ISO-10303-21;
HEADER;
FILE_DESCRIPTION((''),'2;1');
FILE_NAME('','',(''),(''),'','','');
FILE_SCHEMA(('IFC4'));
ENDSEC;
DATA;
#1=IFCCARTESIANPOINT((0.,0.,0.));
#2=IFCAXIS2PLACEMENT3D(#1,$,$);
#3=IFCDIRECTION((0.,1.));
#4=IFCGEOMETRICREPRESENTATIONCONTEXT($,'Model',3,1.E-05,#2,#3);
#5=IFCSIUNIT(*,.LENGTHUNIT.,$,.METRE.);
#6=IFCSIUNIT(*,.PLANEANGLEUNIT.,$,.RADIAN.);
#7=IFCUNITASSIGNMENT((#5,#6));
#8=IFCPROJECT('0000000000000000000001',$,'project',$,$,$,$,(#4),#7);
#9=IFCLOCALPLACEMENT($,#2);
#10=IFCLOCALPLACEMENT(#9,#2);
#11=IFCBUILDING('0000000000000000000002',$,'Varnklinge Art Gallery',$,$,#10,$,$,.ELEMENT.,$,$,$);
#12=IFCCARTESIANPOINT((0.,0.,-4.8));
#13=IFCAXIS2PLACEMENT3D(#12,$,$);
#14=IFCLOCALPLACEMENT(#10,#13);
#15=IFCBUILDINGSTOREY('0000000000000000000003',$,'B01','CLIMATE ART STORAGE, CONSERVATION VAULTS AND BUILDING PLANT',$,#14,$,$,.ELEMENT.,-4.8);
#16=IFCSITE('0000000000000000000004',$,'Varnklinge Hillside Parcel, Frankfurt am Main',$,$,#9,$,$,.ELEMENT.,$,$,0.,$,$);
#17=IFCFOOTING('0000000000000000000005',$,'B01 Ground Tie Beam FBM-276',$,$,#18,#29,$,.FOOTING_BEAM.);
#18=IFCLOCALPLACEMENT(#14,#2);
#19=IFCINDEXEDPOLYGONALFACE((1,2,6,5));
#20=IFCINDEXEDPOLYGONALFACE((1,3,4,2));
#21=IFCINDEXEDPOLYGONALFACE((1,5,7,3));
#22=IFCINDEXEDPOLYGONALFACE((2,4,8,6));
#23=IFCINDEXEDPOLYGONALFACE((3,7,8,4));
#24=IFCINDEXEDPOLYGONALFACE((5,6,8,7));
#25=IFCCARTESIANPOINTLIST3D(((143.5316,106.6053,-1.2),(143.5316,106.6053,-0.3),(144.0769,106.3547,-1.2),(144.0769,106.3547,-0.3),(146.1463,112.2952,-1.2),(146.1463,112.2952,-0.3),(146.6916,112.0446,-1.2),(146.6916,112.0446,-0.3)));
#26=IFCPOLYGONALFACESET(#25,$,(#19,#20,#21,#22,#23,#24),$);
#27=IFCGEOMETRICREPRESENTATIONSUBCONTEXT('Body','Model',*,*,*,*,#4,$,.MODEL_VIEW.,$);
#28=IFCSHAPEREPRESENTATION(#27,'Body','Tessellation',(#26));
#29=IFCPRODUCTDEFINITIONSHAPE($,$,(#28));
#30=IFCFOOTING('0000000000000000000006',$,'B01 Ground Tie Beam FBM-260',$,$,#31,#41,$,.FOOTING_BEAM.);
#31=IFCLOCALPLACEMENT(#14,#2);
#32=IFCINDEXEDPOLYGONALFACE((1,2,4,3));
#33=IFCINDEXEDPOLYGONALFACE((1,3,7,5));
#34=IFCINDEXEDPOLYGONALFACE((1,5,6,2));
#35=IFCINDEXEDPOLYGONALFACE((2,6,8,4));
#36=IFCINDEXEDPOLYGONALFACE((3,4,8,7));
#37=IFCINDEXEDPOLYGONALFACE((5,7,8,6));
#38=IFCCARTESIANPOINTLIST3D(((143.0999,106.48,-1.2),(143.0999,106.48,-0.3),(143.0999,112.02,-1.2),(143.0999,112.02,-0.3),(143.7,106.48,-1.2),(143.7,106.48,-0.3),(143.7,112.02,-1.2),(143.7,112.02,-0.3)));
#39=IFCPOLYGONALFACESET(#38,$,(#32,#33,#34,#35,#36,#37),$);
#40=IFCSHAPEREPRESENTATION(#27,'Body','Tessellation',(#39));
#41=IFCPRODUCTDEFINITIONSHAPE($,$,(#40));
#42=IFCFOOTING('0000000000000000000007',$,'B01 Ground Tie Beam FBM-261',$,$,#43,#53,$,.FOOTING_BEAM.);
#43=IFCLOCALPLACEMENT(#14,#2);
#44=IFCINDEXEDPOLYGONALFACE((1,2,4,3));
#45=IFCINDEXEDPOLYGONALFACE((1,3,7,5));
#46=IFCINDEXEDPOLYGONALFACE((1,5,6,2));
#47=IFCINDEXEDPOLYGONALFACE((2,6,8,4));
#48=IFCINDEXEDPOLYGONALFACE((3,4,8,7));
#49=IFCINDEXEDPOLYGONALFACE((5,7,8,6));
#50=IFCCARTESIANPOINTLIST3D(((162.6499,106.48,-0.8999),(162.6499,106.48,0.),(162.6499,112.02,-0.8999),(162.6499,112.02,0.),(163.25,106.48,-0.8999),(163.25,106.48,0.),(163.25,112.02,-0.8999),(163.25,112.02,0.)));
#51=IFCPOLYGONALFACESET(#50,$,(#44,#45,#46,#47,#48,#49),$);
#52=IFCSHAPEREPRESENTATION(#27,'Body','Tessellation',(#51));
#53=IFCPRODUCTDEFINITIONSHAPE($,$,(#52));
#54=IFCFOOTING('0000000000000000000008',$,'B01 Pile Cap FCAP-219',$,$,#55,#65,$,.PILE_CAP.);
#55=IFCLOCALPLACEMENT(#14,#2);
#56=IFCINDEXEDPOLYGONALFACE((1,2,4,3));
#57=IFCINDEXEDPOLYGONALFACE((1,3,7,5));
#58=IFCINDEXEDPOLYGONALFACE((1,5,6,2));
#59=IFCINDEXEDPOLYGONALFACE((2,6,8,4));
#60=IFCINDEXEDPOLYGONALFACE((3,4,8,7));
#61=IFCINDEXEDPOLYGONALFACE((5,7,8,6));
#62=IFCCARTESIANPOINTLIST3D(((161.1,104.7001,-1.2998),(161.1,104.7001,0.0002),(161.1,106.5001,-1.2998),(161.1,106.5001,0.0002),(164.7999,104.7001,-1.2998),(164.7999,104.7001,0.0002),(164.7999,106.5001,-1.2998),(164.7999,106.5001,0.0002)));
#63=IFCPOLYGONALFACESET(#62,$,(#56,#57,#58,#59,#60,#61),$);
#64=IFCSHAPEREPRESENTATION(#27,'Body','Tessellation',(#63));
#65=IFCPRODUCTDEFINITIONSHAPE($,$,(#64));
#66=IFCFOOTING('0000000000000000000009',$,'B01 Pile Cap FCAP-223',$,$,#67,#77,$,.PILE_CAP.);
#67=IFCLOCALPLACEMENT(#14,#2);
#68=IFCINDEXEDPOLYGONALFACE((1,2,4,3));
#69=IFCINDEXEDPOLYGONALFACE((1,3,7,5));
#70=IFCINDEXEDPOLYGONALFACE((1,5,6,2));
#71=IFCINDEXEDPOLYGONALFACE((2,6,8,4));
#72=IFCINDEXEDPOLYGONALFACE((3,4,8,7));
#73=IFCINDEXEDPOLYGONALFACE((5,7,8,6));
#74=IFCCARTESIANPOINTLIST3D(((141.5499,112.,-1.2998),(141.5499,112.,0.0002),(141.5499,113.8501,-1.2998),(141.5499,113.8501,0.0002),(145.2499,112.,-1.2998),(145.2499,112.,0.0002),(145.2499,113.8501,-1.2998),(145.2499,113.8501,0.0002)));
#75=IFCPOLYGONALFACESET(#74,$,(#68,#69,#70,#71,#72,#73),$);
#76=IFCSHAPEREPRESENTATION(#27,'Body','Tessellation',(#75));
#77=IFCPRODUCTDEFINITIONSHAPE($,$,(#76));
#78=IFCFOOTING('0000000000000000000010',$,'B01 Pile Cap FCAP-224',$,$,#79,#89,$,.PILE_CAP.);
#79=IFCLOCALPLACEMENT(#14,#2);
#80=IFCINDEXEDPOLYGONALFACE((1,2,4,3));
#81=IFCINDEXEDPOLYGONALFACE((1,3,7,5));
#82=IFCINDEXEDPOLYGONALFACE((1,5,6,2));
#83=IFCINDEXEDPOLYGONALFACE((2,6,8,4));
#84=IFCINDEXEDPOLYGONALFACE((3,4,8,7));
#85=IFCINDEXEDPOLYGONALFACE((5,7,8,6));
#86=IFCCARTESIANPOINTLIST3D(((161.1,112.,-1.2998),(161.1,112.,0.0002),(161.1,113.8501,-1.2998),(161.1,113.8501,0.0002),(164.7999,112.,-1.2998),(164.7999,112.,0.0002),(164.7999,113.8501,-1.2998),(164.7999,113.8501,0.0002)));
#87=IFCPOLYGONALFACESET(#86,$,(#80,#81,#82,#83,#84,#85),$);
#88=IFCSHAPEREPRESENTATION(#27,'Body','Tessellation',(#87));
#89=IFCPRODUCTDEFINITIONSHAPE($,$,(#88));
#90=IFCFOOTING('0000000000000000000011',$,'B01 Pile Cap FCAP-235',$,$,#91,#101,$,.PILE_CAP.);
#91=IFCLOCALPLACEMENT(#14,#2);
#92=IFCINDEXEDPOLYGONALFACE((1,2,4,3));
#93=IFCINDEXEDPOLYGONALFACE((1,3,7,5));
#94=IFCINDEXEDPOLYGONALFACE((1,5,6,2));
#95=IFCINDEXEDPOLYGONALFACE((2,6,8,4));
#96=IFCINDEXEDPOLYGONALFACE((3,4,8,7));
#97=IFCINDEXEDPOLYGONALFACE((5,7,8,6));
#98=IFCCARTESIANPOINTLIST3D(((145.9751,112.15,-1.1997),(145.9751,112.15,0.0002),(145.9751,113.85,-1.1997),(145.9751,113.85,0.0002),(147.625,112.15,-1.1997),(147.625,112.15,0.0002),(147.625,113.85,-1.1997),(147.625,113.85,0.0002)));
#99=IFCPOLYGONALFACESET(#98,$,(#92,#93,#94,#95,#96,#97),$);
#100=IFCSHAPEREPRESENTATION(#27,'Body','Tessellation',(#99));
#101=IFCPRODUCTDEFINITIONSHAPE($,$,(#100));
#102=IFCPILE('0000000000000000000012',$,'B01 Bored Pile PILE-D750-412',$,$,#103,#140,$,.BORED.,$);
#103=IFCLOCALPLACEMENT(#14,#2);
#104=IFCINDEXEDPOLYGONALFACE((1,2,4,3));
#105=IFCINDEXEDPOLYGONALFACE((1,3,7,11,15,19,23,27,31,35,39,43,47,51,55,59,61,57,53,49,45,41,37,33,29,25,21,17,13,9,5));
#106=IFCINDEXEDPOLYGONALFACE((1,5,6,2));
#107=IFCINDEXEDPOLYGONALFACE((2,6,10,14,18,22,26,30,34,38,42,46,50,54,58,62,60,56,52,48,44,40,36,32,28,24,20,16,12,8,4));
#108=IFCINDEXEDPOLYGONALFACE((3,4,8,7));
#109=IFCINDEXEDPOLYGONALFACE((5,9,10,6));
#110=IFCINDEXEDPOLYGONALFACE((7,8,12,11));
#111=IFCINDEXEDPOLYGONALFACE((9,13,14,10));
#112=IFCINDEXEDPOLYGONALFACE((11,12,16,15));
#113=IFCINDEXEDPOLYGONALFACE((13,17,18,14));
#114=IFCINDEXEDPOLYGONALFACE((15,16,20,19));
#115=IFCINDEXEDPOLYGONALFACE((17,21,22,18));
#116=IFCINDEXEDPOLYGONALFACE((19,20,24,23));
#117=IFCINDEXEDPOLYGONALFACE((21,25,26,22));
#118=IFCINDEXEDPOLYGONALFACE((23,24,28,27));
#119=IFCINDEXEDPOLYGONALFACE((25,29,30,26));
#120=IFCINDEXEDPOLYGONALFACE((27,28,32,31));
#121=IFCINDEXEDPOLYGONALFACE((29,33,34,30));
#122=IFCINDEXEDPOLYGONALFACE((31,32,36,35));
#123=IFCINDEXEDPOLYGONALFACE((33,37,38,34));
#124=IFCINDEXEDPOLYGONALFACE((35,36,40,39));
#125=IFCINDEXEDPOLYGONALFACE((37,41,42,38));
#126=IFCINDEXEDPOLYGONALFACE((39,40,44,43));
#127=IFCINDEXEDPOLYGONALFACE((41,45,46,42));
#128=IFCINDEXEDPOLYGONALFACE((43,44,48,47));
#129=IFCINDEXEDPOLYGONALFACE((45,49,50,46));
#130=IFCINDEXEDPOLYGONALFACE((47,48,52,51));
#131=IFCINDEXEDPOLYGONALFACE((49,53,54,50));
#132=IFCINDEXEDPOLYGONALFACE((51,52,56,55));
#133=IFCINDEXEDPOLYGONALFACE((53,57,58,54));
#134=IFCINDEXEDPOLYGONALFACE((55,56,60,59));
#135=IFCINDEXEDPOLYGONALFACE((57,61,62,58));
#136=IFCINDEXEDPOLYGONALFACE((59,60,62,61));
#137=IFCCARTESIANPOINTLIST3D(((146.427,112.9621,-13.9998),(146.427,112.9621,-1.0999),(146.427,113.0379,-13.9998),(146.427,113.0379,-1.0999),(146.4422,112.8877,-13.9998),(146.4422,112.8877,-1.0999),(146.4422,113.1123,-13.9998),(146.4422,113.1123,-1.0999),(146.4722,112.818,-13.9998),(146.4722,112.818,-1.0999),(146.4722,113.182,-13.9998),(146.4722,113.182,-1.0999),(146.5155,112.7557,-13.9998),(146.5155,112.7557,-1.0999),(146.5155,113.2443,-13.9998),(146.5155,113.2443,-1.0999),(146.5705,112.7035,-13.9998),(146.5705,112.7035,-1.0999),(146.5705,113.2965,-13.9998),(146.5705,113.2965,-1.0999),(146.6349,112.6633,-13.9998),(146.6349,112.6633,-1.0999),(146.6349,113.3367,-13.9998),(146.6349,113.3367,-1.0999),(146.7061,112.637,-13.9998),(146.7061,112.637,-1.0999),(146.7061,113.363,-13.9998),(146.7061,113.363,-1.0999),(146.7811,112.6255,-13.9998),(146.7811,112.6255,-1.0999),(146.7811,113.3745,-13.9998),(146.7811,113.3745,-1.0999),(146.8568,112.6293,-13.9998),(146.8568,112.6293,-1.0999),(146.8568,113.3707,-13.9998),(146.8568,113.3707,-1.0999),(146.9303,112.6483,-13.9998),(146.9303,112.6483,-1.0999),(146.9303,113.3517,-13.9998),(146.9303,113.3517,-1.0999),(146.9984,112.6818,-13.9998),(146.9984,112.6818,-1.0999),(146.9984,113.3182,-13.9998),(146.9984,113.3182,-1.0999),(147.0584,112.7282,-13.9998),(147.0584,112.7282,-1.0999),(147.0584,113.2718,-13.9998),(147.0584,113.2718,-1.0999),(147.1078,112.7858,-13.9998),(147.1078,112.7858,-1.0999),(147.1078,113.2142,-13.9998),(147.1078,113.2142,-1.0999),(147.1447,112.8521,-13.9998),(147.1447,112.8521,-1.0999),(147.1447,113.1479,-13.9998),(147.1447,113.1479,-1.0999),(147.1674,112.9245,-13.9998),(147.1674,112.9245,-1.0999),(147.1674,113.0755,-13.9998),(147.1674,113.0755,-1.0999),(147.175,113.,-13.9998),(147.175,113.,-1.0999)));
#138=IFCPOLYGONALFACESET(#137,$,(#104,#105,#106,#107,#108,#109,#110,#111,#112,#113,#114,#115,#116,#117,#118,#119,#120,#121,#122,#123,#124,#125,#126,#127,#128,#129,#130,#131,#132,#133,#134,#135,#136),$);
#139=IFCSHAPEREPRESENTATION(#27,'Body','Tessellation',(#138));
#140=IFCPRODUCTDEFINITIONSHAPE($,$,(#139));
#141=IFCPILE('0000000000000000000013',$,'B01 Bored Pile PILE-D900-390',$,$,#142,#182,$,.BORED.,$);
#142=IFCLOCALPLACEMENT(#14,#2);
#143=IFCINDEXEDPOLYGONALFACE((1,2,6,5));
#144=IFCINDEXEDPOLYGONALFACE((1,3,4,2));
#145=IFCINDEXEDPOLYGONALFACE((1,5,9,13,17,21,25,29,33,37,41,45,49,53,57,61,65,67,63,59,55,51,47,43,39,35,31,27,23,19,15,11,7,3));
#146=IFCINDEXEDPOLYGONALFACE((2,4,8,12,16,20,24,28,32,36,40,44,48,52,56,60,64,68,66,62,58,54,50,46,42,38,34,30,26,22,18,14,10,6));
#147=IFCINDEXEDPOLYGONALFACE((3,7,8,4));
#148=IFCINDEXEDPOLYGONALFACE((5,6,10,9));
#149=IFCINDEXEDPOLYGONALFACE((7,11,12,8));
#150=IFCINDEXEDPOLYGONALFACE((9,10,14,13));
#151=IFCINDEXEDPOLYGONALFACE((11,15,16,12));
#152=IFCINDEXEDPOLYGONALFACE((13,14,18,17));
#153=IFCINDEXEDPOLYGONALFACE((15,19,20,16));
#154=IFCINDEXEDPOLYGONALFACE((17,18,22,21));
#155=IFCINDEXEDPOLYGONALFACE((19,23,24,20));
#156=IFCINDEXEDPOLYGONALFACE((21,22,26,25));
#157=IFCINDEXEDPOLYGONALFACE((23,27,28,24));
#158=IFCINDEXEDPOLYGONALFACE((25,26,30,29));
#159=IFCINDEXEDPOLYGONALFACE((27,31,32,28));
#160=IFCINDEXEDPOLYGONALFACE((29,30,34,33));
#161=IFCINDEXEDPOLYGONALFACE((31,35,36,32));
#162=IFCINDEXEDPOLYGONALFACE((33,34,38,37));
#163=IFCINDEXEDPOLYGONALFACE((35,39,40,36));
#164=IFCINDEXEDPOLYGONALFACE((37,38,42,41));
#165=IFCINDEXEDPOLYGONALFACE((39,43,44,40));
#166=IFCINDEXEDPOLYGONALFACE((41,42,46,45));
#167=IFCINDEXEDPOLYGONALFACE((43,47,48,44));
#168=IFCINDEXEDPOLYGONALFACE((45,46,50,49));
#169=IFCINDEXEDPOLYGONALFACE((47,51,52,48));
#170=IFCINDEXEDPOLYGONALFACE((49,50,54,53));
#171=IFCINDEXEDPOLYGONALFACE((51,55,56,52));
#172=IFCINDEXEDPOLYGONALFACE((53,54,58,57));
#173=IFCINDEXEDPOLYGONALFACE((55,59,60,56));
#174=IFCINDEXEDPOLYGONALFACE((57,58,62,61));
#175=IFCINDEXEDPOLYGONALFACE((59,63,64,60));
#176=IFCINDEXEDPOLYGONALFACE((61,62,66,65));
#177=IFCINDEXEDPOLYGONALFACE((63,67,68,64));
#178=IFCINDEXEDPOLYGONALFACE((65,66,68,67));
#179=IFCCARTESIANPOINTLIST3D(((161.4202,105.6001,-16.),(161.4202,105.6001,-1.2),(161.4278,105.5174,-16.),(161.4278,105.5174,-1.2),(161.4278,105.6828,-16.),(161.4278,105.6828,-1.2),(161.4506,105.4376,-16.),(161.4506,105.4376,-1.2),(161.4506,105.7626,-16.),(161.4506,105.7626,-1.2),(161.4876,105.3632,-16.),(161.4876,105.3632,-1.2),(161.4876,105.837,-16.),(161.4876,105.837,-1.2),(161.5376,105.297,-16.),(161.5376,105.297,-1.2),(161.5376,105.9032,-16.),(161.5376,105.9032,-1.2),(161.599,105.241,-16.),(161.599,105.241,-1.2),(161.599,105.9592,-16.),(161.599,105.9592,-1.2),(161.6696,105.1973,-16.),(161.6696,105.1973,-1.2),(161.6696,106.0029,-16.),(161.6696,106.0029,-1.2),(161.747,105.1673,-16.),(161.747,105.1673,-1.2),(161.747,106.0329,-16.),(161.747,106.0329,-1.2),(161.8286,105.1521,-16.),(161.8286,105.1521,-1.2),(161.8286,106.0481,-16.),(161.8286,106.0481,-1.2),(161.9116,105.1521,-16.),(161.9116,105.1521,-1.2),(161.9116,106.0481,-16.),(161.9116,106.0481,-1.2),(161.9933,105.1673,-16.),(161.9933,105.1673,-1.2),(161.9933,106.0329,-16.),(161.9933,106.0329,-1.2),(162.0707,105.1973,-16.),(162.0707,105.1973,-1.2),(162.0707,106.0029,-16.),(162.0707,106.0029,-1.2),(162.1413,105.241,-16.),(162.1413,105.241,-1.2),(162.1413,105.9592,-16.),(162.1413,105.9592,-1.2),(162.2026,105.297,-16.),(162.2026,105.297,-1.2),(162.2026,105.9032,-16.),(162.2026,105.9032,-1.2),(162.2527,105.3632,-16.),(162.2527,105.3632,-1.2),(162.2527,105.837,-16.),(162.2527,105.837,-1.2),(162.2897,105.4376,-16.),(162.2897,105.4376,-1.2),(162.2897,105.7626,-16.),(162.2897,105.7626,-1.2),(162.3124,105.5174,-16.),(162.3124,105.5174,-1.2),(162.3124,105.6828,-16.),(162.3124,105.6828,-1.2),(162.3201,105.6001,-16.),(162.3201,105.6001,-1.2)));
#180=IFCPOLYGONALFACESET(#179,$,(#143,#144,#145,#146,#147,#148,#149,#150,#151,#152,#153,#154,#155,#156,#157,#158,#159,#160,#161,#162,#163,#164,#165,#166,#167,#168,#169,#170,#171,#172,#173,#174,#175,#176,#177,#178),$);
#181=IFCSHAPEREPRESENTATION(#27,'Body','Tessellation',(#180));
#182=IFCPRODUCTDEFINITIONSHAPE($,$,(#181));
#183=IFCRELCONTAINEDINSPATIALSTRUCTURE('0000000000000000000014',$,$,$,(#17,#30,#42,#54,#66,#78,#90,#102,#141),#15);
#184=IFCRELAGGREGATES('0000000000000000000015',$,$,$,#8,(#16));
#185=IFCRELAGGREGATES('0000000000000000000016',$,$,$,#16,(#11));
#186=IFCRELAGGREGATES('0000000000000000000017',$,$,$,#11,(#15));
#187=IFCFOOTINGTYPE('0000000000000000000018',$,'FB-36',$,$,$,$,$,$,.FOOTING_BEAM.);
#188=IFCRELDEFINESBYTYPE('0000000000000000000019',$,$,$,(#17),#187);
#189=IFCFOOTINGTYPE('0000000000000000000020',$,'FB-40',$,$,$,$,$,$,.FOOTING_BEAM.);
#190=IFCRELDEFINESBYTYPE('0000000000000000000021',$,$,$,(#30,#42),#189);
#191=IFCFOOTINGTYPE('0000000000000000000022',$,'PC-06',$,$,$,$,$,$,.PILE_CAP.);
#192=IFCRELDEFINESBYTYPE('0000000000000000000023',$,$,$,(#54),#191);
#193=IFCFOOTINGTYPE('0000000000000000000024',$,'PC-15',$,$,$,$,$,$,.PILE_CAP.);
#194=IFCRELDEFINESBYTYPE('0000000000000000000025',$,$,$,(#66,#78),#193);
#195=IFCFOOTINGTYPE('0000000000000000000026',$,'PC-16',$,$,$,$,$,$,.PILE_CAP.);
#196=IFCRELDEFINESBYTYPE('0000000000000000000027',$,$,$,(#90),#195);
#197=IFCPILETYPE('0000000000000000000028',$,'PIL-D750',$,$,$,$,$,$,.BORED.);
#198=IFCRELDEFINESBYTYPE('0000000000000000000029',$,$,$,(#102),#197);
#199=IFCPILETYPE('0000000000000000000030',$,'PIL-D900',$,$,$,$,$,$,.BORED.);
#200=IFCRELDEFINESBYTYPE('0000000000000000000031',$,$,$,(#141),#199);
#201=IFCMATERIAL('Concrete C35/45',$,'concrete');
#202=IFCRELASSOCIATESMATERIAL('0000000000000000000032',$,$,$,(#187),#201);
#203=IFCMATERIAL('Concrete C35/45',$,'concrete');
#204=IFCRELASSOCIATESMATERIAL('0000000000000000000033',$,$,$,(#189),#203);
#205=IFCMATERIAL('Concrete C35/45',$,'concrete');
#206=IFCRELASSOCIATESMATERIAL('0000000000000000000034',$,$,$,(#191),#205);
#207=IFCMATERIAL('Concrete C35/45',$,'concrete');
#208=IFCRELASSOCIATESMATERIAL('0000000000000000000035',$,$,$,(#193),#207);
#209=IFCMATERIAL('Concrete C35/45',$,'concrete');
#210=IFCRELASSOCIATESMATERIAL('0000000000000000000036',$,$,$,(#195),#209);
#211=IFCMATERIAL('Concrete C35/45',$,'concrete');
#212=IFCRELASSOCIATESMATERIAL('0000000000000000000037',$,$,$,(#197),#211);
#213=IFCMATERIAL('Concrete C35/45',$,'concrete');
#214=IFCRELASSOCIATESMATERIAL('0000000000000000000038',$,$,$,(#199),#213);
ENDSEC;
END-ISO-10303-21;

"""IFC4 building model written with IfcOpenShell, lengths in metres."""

from ifc_helpers import new_model, si_unit, direction, frame, origin, origin_2d, place, context, subcontext, project, spatial, rectangle, circle, extrude, material, material_profile, profile_set, type_object, element, save


model = new_model("IFC4")

# Units and contexts
model_context = context("Model", 3, precision=1e-05, world=origin(), true_north=direction((0.0, 1.0)))
body_context = subcontext(model_context, "Body", "Model", "MODEL_VIEW")
ifc_project = project(units=[si_unit("LENGTHUNIT", "METRE"), si_unit("PLANEANGLEUNIT", "RADIAN")], contexts=[model_context])

# Site, building, storey
site_placement = place(None, origin())
site = spatial("IfcSite", under=ifc_project, at=site_placement, Name="Varnklinge Hillside Parcel, Frankfurt am Main", CompositionType="ELEMENT", RefElevation=0.0)
building_placement = place(site_placement, origin())
building = spatial("IfcBuilding", under=site, at=building_placement, Name="Varnklinge Art Gallery", CompositionType="ELEMENT")
storey_placement = place(building_placement, frame((0.0, 0.0, -4.8)))
storey = spatial("IfcBuildingStorey", under=building, at=storey_placement, Name="B01", Description="CLIMATE ART STORAGE, CONSERVATION VAULTS AND BUILDING PLANT", CompositionType="ELEMENT", Elevation=-4.8)

# Footings
ifc_material_1 = material(Name="Concrete C35/45", Category="concrete")
footing_type_1 = type_object("IfcFootingType", Name="FB-36", PredefinedType="FOOTING_BEAM", material=ifc_material_1)
footing_1_placement = place(storey_placement, frame((145.1116, 109.325, -1.2), z_axis=(0.0, 0.0, 1.0), x_axis=(-0.41755, -0.908654, 0.0)))
element("IfcFooting", 1, at=footing_1_placement, inside=storey, type_object=footing_type_1, Name="B01 Ground Tie Beam FBM-276", PredefinedType="FOOTING_BEAM", context=body_context, shape_type="SweptSolid", body=[
    extrude(rectangle(XDim=6.262, YDim=0.6001, at=origin_2d()), origin(), (0.0, 0.0, 1.0), 0.8999),
])
ifc_material_2 = material(Name="Concrete C35/45", Category="concrete")
footing_type_2 = type_object("IfcFootingType", Name="FB-40", PredefinedType="FOOTING_BEAM", material=ifc_material_2)
for number, where, z_axis, x_axis, name in (
    (2, (143.3999, 109.25, -1.2), (0.0, 0.0, 1.0), (0.0, 1.0, 0.0), "B01 Ground Tie Beam FBM-260"),
    (3, (162.95, 109.25, -0.8999), (0.0, 0.0, 1.0), (0.0, 1.0, 0.0), "B01 Ground Tie Beam FBM-261"),
):
    element("IfcFooting", number, at=place(storey_placement, frame(where, z_axis=z_axis, x_axis=x_axis)), inside=storey, type_object=footing_type_2, Name=name, PredefinedType="FOOTING_BEAM", context=body_context, shape_type="SweptSolid", body=[
        extrude(rectangle(XDim=5.54, YDim=0.6001, at=origin_2d()), origin(), (0.0, 0.0, 1.0), 0.8999),
    ])
ifc_material_3 = material(Name="Concrete C35/45", Category="concrete")
footing_type_3 = type_object("IfcFootingType", Name="PC-06", PredefinedType="PILE_CAP", material=ifc_material_3)
footing_2_placement = place(storey_placement, frame((162.95, 105.6001, -1.2998), z_axis=(0.0, 0.0, 1.0), x_axis=(1.0, 0.0, 0.0)))
element("IfcFooting", 4, at=footing_2_placement, inside=storey, type_object=footing_type_3, Name="B01 Pile Cap FCAP-219", PredefinedType="PILE_CAP", context=body_context, shape_type="SweptSolid", body=[
    extrude(rectangle(XDim=3.7, YDim=1.8, at=origin_2d()), origin(), (0.0, 0.0, 1.0), 1.3),
])
ifc_material_4 = material(Name="Concrete C35/45", Category="concrete")
footing_type_4 = type_object("IfcFootingType", Name="PC-15", PredefinedType="PILE_CAP", material=ifc_material_4)
for number, where, z_axis, x_axis, name in (
    (5, (143.3999, 112.925, -1.2998), (0.0, 0.0, 1.0), (1.0, 0.0, 0.0), "B01 Pile Cap FCAP-223"),
    (6, (162.95, 112.925, -1.2998), (0.0, 0.0, 1.0), (1.0, 0.0, 0.0), "B01 Pile Cap FCAP-224"),
):
    element("IfcFooting", number, at=place(storey_placement, frame(where, z_axis=z_axis, x_axis=x_axis)), inside=storey, type_object=footing_type_4, Name=name, PredefinedType="PILE_CAP", context=body_context, shape_type="SweptSolid", body=[
        extrude(rectangle(XDim=3.7, YDim=1.8501, at=origin_2d()), origin(), (0.0, 0.0, 1.0), 1.3),
    ])
ifc_material_5 = material(Name="Concrete C35/45", Category="concrete")
footing_type_5 = type_object("IfcFootingType", Name="PC-16", PredefinedType="PILE_CAP", material=ifc_material_5)
footing_3_placement = place(storey_placement, frame((146.8, 113.0, -1.1997), z_axis=(0.0, 0.0, 1.0), x_axis=(1.0, 0.0, 0.0)))
element("IfcFooting", 7, at=footing_3_placement, inside=storey, type_object=footing_type_5, Name="B01 Pile Cap FCAP-235", PredefinedType="PILE_CAP", context=body_context, shape_type="SweptSolid", body=[
    extrude(rectangle(XDim=1.6499, YDim=1.7, at=origin_2d()), origin(), (0.0, 0.0, 1.0), 1.2),
])

# Piles
ifc_material_6 = material(Name="Concrete C35/45", Category="concrete")
ifc_material_profile_1 = material_profile(ifc_material_6, circle(Radius=0.375, at=origin_2d()), Name="PILE D750")
ifc_profile_set_1 = profile_set([ifc_material_profile_1], Name="Concrete C35/45")
pile_type_1 = type_object("IfcPileType", Name="PIL-D750", PredefinedType="BORED", material=ifc_profile_set_1)
pile_placement = place(storey_placement, frame((146.8, 113.0, -1.0999), z_axis=(0.0, 0.0, -1.0), x_axis=(1.0, 0.0, 0.0)))
element("IfcPile", 8, at=pile_placement, inside=storey, type_object=pile_type_1, Name="B01 Bored Pile PILE-D750-412", PredefinedType="BORED", context=body_context, shape_type="SweptSolid", body=[
    extrude(circle(Radius=0.375, at=origin_2d()), origin(), (0.0, 0.0, 1.0), 12.8999),
])
ifc_material_7 = material(Name="Concrete C35/45", Category="concrete")
ifc_material_profile_2 = material_profile(ifc_material_7, circle(Radius=0.45, at=origin_2d()), Name="PILE D900")
ifc_profile_set_2 = profile_set([ifc_material_profile_2], Name="Concrete C35/45")
pile_type_2 = type_object("IfcPileType", Name="PIL-D900", PredefinedType="BORED", material=ifc_profile_set_2)
for number, where, z_axis, x_axis, name in (
    (9, (161.8701, 105.6001, -1.2), (0.0, 0.0, -1.0), (1.0, 0.0, 0.0), "B01 Bored Pile PILE-D900-390"),
):
    element("IfcPile", number, at=place(storey_placement, frame(where, z_axis=z_axis, x_axis=x_axis)), inside=storey, type_object=pile_type_2, Name=name, PredefinedType="BORED", context=body_context, shape_type="SweptSolid", body=[
        extrude(circle(Radius=0.45, at=origin_2d()), origin(), (0.0, 0.0, 1.0), 14.8),
    ])

save(model, "model.ifc")
